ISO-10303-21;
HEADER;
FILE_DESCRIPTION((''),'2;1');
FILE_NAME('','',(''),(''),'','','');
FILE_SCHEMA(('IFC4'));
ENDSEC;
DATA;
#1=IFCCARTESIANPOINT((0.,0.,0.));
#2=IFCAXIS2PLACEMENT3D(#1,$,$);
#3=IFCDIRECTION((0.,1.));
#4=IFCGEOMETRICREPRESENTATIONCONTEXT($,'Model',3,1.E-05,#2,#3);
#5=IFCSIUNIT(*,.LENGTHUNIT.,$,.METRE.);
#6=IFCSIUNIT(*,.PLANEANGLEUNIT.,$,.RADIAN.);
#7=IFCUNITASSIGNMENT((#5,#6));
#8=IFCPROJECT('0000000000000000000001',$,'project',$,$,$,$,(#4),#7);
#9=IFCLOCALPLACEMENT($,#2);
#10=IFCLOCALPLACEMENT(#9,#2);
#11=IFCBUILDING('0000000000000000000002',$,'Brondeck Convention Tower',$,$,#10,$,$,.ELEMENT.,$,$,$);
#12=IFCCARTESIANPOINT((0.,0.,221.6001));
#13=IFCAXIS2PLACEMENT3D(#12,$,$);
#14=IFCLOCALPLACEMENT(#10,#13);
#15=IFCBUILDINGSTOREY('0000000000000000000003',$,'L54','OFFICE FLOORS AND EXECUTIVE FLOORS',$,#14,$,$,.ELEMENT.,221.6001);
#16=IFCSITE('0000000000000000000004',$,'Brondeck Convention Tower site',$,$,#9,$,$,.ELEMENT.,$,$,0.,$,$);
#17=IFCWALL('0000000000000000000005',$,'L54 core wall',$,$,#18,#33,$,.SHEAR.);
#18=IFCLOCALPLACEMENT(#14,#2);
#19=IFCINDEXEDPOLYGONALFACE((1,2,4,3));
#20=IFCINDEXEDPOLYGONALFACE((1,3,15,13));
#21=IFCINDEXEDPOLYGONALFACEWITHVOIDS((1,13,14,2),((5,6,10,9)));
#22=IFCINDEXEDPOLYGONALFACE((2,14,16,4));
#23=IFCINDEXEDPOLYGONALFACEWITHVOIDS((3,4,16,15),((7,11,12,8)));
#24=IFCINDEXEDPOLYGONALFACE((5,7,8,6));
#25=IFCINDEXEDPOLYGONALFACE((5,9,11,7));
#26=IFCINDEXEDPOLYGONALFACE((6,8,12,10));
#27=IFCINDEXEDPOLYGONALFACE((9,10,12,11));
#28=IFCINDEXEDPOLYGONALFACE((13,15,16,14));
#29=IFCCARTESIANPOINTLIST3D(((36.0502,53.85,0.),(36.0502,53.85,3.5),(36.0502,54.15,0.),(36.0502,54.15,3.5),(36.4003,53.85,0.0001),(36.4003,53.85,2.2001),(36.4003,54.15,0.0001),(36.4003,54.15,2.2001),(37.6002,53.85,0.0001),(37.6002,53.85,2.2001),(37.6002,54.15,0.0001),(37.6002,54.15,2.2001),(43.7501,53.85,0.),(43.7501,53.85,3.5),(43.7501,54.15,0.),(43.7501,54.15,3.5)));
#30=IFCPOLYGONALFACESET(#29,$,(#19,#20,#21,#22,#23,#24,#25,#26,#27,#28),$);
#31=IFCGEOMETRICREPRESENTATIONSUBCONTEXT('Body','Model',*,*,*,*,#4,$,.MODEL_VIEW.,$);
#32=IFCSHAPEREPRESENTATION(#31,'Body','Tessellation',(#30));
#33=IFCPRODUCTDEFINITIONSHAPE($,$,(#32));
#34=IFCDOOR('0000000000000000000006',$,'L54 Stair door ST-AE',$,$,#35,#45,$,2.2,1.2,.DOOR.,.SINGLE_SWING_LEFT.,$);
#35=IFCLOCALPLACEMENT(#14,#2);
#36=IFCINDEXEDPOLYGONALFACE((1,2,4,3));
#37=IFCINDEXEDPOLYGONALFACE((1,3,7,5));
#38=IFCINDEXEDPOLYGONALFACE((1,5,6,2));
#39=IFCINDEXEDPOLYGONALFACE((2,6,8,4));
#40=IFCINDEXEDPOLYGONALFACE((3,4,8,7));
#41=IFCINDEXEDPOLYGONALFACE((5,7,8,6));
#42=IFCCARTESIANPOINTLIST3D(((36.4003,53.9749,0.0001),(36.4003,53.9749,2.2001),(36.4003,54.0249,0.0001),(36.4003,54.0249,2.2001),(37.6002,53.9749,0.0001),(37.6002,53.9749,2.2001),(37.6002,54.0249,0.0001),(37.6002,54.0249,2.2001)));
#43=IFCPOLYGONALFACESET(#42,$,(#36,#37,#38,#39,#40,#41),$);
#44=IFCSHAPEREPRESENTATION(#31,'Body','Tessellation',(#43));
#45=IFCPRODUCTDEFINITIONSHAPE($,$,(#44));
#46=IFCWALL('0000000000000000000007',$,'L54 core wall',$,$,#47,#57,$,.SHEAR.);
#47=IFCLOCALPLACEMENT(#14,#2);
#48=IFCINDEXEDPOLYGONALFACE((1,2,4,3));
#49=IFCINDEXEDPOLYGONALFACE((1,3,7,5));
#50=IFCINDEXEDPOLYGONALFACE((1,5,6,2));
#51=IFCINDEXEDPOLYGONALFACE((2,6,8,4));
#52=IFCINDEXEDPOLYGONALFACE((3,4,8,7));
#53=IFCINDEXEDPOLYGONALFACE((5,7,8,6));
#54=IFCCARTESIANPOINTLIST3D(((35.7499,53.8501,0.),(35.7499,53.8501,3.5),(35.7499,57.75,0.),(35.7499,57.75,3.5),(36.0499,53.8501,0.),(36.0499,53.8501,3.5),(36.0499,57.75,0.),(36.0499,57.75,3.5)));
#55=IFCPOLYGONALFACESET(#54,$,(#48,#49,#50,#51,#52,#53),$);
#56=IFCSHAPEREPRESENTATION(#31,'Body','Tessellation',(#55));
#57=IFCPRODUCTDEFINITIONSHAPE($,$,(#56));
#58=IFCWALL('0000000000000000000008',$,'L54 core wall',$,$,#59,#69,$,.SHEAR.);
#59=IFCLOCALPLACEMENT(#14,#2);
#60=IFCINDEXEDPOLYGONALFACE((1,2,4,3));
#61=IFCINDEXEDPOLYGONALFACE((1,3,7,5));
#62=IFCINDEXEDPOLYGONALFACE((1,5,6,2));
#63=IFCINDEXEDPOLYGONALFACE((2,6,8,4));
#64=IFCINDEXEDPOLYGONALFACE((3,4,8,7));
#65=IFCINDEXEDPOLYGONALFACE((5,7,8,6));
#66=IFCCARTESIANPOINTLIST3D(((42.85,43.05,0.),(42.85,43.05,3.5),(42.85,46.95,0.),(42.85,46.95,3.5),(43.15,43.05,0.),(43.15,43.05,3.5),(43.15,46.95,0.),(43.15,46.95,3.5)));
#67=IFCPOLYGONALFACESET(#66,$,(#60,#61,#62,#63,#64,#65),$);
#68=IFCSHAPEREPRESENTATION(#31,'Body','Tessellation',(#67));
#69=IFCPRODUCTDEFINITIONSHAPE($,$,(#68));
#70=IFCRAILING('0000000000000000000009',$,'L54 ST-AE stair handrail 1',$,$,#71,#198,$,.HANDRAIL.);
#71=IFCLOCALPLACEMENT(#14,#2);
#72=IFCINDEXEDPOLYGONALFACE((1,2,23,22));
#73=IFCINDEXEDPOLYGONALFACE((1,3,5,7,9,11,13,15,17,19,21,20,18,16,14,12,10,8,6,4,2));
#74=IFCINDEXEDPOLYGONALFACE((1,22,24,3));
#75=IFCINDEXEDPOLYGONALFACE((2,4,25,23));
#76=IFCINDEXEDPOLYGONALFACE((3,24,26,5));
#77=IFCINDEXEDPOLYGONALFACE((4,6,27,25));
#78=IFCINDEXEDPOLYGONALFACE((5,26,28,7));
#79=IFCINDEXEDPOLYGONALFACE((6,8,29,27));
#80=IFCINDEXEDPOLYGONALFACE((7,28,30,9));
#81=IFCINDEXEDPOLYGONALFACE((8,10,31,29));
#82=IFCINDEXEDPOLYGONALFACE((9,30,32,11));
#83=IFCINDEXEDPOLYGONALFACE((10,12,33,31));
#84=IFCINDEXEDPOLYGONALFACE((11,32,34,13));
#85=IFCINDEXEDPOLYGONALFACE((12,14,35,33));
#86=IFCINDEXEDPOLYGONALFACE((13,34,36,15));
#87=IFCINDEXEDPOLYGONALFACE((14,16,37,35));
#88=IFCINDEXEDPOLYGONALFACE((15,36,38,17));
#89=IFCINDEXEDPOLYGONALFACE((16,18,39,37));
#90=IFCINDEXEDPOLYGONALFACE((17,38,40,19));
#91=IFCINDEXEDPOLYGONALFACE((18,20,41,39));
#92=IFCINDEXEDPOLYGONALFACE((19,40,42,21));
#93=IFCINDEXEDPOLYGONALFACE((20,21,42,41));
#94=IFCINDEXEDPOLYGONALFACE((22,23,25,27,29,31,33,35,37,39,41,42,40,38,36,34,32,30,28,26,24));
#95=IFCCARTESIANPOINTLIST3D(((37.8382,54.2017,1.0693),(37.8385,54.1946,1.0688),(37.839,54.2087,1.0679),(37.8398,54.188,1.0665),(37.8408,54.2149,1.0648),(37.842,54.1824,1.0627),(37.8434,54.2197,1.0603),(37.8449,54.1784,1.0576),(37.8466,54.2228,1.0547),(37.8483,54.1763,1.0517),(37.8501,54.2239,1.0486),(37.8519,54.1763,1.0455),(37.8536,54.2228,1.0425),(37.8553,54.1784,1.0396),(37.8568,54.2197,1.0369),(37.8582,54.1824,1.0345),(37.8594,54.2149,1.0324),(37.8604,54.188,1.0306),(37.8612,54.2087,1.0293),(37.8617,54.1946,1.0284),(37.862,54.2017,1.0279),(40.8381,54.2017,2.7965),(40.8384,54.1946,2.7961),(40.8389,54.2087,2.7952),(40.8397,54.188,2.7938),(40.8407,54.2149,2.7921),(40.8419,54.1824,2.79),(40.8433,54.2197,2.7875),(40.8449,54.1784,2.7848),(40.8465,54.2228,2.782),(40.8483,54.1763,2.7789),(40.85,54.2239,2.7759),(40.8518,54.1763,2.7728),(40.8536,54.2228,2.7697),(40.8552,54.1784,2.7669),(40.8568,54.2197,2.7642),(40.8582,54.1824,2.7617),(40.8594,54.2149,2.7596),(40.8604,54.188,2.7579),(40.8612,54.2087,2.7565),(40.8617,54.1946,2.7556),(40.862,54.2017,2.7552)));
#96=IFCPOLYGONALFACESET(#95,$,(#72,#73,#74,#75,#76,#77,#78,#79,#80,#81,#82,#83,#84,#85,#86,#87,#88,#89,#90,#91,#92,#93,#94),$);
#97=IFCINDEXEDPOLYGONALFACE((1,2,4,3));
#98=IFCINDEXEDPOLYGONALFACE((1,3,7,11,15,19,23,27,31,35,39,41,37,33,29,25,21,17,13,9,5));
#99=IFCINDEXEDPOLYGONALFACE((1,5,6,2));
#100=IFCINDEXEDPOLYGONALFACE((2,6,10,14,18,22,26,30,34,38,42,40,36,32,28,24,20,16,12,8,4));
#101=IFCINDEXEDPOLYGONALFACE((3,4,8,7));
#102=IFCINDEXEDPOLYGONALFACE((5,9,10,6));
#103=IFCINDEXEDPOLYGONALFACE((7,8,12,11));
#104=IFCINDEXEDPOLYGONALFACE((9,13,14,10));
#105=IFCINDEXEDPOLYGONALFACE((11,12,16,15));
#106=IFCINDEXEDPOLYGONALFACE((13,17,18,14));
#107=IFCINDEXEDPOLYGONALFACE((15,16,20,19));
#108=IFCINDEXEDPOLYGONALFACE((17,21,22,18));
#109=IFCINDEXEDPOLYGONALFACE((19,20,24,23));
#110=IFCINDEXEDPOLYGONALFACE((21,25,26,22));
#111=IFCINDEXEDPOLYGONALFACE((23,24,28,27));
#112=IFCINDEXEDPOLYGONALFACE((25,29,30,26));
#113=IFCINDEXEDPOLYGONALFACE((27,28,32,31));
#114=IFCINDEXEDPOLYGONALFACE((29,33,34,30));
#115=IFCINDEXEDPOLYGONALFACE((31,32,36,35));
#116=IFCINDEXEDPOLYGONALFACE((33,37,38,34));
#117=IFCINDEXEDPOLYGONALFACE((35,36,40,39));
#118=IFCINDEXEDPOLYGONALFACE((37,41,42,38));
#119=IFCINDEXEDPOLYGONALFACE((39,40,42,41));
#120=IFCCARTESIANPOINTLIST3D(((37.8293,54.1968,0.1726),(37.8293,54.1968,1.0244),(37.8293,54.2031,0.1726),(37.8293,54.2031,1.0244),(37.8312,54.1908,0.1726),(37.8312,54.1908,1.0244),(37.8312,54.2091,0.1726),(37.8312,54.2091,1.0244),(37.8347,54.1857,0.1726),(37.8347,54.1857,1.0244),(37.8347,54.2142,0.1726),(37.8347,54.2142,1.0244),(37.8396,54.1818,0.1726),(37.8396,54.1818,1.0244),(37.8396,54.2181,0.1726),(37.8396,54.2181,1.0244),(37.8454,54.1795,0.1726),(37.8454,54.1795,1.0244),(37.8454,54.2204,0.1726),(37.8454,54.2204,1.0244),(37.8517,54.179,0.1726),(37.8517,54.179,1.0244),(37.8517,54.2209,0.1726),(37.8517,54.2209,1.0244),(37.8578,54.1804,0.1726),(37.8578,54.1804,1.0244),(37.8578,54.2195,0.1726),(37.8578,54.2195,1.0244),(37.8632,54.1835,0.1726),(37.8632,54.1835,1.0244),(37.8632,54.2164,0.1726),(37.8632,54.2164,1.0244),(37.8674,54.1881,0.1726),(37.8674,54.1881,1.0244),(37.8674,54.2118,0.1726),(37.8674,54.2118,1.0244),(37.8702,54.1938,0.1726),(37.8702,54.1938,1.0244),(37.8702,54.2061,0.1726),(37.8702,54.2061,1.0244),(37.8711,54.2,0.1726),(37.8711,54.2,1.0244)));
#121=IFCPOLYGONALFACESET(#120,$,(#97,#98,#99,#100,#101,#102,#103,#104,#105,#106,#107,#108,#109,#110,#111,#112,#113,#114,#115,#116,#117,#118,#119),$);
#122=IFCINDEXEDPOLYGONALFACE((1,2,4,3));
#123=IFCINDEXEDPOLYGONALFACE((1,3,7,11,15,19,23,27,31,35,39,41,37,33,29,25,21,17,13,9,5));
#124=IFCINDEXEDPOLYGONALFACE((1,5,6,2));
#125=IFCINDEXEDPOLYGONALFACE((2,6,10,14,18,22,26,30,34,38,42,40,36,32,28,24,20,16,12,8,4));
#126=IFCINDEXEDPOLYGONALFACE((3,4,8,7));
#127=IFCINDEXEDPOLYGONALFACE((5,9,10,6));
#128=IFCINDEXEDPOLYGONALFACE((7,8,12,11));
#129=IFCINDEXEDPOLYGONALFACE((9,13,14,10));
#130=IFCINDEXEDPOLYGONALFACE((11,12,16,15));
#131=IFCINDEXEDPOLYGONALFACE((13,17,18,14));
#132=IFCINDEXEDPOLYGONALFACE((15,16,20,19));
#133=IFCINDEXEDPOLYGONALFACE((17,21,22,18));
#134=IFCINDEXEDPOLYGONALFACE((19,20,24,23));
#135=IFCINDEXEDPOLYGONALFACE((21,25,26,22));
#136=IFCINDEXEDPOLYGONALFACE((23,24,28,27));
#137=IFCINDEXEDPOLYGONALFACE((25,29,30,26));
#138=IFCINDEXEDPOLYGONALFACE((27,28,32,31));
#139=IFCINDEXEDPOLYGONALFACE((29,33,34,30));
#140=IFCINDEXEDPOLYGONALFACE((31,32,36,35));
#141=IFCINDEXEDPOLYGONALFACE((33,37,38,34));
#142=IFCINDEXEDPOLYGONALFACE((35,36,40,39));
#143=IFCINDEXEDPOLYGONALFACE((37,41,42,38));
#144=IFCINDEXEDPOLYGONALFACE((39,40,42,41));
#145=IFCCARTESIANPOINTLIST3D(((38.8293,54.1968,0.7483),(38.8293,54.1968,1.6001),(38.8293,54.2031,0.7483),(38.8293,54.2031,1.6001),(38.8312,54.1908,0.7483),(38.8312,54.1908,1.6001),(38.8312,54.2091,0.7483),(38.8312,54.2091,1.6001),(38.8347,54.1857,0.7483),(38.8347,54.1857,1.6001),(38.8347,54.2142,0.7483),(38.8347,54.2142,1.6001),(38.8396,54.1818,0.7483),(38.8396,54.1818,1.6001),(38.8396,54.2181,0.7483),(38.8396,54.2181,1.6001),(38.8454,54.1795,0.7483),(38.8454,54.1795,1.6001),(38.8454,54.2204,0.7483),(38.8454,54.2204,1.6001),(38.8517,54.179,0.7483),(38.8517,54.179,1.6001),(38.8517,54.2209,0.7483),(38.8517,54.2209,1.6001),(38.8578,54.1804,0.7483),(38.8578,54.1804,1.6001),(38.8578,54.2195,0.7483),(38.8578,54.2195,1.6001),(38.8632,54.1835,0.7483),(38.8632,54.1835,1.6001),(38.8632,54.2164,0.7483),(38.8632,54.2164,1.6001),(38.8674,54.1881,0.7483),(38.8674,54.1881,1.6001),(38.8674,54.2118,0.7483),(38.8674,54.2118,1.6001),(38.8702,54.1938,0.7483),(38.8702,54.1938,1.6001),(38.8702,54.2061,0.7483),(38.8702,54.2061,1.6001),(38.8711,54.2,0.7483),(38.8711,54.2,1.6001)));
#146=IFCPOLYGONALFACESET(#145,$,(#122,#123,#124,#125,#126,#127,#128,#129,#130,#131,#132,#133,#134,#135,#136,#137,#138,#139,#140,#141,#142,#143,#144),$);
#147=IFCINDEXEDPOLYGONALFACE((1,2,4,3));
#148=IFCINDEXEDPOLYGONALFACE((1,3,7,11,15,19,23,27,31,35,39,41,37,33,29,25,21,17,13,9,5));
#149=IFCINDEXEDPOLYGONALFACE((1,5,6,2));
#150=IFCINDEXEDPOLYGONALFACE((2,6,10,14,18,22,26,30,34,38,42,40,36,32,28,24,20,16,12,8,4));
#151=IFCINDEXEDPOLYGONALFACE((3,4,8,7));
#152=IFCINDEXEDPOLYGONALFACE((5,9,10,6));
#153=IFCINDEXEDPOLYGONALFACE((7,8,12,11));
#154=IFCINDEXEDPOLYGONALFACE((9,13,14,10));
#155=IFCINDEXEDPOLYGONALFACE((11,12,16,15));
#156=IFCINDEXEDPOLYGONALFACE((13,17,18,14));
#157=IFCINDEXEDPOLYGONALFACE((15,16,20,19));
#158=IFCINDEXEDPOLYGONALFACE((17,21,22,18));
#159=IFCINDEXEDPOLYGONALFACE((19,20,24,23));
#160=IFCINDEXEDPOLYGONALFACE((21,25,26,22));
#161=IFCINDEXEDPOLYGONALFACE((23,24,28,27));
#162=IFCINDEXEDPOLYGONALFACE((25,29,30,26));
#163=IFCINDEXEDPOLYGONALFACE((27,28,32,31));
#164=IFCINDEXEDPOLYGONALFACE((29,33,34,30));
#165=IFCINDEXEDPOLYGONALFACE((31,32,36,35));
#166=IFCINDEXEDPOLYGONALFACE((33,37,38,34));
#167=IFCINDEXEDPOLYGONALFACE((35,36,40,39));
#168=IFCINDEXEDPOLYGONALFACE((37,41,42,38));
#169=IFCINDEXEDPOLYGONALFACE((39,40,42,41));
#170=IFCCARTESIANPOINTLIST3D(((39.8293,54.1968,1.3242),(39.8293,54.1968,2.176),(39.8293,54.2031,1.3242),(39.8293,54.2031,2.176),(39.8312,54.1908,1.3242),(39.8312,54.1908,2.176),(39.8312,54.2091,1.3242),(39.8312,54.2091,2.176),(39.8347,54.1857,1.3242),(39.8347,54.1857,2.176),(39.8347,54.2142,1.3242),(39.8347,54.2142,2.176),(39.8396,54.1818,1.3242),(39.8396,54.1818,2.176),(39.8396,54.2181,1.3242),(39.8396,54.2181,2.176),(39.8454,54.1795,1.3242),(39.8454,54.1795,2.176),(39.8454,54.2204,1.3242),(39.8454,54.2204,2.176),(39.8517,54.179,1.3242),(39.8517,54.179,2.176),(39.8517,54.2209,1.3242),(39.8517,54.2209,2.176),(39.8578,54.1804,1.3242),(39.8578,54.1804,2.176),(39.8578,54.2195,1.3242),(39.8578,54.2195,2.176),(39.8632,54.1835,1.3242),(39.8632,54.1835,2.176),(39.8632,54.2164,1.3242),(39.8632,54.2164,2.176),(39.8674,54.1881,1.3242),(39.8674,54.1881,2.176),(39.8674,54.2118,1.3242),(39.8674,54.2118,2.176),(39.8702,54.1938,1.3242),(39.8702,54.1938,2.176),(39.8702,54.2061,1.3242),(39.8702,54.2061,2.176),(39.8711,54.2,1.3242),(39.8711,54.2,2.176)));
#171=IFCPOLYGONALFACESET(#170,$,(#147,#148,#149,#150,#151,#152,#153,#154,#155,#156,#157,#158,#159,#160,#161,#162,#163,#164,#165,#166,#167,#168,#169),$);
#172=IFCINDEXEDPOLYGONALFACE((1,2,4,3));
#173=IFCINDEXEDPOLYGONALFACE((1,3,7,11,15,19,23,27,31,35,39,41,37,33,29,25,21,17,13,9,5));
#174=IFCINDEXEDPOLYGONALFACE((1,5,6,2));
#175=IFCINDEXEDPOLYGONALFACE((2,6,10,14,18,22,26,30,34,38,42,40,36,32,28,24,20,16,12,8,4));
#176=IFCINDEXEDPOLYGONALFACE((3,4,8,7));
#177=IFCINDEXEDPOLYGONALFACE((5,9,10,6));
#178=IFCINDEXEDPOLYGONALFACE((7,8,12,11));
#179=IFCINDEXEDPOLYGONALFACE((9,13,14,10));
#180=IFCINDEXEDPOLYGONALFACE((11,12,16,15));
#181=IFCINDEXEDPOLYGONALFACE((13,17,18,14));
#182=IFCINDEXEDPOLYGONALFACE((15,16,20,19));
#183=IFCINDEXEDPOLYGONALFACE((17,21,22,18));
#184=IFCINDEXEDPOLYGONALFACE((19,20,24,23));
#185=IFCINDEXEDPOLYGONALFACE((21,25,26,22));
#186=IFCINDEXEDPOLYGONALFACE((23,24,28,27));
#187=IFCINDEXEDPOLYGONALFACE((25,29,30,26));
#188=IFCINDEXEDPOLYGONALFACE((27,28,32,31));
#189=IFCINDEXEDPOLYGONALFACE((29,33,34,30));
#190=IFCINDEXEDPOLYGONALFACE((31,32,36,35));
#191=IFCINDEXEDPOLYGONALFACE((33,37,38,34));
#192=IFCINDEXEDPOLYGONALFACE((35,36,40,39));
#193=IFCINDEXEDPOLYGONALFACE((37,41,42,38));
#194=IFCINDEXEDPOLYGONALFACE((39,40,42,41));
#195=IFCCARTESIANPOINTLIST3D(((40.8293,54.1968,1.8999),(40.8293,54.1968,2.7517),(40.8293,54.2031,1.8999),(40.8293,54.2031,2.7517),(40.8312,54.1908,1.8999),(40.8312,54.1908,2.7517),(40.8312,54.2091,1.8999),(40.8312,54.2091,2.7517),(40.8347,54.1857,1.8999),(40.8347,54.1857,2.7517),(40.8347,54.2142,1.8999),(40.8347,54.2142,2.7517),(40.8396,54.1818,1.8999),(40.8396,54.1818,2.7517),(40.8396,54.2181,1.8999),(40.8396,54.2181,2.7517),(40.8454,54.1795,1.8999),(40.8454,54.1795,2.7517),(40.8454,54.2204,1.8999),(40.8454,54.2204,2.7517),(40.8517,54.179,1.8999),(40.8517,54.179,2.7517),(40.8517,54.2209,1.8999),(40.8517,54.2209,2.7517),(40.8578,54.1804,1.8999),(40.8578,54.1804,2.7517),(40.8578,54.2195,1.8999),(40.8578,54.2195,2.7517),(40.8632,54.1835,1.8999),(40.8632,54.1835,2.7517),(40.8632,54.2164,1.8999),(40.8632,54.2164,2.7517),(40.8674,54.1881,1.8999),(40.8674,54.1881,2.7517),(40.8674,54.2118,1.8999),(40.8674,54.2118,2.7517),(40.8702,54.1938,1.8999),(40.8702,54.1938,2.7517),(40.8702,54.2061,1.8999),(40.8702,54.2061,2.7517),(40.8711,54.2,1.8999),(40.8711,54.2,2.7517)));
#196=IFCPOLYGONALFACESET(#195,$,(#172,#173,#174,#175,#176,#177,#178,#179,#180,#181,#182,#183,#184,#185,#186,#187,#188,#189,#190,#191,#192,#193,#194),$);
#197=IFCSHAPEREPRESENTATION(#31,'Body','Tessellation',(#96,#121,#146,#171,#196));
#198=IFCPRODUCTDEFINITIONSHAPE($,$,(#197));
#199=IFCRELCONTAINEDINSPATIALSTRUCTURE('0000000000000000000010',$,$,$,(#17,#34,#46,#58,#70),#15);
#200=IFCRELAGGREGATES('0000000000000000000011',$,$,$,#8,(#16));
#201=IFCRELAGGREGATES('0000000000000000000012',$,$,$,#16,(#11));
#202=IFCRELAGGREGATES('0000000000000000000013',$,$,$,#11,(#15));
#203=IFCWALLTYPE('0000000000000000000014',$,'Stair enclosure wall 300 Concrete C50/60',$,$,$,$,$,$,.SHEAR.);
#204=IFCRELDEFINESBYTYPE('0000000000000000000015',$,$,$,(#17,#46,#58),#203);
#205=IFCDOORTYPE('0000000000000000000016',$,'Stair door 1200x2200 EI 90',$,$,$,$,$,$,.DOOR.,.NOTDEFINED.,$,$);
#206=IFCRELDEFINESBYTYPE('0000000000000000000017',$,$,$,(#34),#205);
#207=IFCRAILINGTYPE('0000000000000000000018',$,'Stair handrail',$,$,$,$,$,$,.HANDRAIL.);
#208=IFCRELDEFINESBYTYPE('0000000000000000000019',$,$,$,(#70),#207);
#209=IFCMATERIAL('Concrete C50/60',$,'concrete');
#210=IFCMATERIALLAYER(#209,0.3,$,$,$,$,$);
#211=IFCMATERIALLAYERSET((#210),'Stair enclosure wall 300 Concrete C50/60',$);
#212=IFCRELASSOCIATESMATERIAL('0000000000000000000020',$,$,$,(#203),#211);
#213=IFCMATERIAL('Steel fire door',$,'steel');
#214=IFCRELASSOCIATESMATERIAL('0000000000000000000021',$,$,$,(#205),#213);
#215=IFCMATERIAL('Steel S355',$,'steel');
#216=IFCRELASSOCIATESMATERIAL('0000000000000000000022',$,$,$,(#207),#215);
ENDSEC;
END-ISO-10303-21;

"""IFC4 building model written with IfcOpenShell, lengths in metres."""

from ifc_helpers import new_model, si_unit, direction, frame, frame_2d, origin, origin_2d, place, context, subcontext, project, spatial, rectangle, circle, extrude, material, layer, layer_set, type_object, element, fill, save


model = new_model("IFC4")

# Units and contexts
model_context = context("Model", 3, precision=1e-05, world=origin(), true_north=direction((0.0, 1.0)))
body_context = subcontext(model_context, "Body", "Model", "MODEL_VIEW")
ifc_project = project(units=[si_unit("LENGTHUNIT", "METRE"), si_unit("PLANEANGLEUNIT", "RADIAN")], contexts=[model_context])

# Site, building, storey
site_placement = place(None, origin())
site = spatial("IfcSite", under=ifc_project, at=site_placement, Name="Brondeck Convention Tower site", CompositionType="ELEMENT", RefElevation=0.0)
building_placement = place(site_placement, origin())
building = spatial("IfcBuilding", under=site, at=building_placement, Name="Brondeck Convention Tower", CompositionType="ELEMENT")
storey_placement = place(building_placement, frame((0.0, 0.0, 221.6001)))
storey = spatial("IfcBuildingStorey", under=building, at=storey_placement, Name="L54", Description="OFFICE FLOORS AND EXECUTIVE FLOORS", CompositionType="ELEMENT", Elevation=221.6001)

# Shared definitions
ifc_material_1 = material(Name="Concrete C50/60", Category="concrete")

# Shared definitions
ifc_material_2 = material(Name="Steel S355", Category="steel")

# Shared definitions
ifc_layer_1 = layer(ifc_material_1, 0.3)
ifc_layer_set_1 = layer_set([ifc_layer_1], Name="Stair enclosure wall 300 Concrete C50/60")
wall_type_1 = type_object("IfcWallType", Name="Stair enclosure wall 300 Concrete C50/60", PredefinedType="SHEAR", material=ifc_layer_set_1)
ifc_material_3 = material(Name="Steel fire door", Category="steel")
door_type_1 = type_object("IfcDoorType", Name="Stair door 1200x2200 EI 90", OperationType="NOTDEFINED", PredefinedType="DOOR", material=ifc_material_3)

# Wall, opening, door
wall_1_placement = place(storey_placement, frame((36.05, 54.0, 0.0), z_axis=(0.0, 0.0, 1.0), x_axis=(1.0, 0.0, 0.0)))
wall_1 = element("IfcWall", 1, at=wall_1_placement, inside=storey, type_object=wall_type_1, Name="L54 core wall", PredefinedType="SHEAR", context=body_context, shape_type="SweptSolid", body=[
    extrude(rectangle(XDim=7.7, YDim=0.3, at=frame_2d((3.8501, 0.0))), origin(), (0.0, 0.0, 1.0), 3.5),
])
opening_1_placement = place(wall_1_placement, frame((0.3501, 0.0, 0.0)))
opening_1 = element("IfcOpeningElement", 2, at=opening_1_placement, cuts=wall_1, PredefinedType="OPENING", context=body_context, shape_type="SweptSolid", body=[
    extrude(rectangle(XDim=1.2, YDim=2.2, at=frame_2d((0.6001, 1.1001))), frame((0.0, 0.1599, 0.0), z_axis=(0.0, -1.0, 0.0), x_axis=(1.0, 0.0, 0.0)), (0.0, 0.0, 1.0), 0.3201),
])
door_1_placement = place(opening_1_placement, origin())
door_1 = element("IfcDoor", 3, at=door_1_placement, inside=storey, type_object=door_type_1, Name="L54 Stair door ST-AE", OperationType="SINGLE_SWING_LEFT", OverallHeight=2.2, OverallWidth=1.2, PredefinedType="DOOR", context=body_context, shape_type="SweptSolid", body=[
    extrude(rectangle(XDim=1.2, YDim=2.2, at=frame_2d((0.6001, 1.1001))), frame((0.0, 0.0249, 0.0), z_axis=(0.0, -1.0, 0.0), x_axis=(1.0, 0.0, 0.0)), (0.0, 0.0, 1.0), 0.05),
])
fill(opening_1, door_1)

# Walls
for number, where, z_axis, x_axis, name in (
    (4, (35.8999, 53.8501, 0.0), (0.0, 0.0, 1.0), (0.0, 1.0, 0.0), "L54 core wall"),
    (5, (43.0, 43.05, 0.0), (0.0, 0.0, 1.0), (0.0, 1.0, 0.0), "L54 core wall"),
):
    element("IfcWall", number, at=place(storey_placement, frame(where, z_axis=z_axis, x_axis=x_axis)), inside=storey, type_object=wall_type_1, Name=name, PredefinedType="SHEAR", context=body_context, shape_type="SweptSolid", body=[
        extrude(rectangle(XDim=3.8999, YDim=0.3, at=frame_2d((1.95, 0.0))), origin(), (0.0, 0.0, 1.0), 3.5),
    ])

# Railing
railing_type = type_object("IfcRailingType", Name="Stair handrail", PredefinedType="HANDRAIL", material=ifc_material_2)
railing_placement = place(storey_placement, frame((37.8501, 54.2, 0.1726)))
element("IfcRailing", 6, at=railing_placement, inside=storey, type_object=railing_type, Name="L54 ST-AE stair handrail 1", PredefinedType="HANDRAIL", context=body_context, shape_type="SweptSolid", body=[
    extrude(circle(Radius=0.0239, at=origin_2d()), frame((0.0, 0.0, 0.876), z_axis=(0.86662, 0.0, 0.498969), x_axis=(0.0, 1.0, 0.0)), (0.0, 0.0, 1.0), 3.4617),
    extrude(circle(Radius=0.021, at=origin_2d()), origin(), (0.0, 0.0, 1.0), 0.8518),
    extrude(circle(Radius=0.021, at=origin_2d()), frame((1.0, 0.0, 0.5757)), (0.0, 0.0, 1.0), 0.8518),
    extrude(circle(Radius=0.021, at=origin_2d()), frame((2.0, 0.0, 1.1516)), (0.0, 0.0, 1.0), 0.8518),
    extrude(circle(Radius=0.021, at=origin_2d()), frame((3.0, 0.0, 1.7273)), (0.0, 0.0, 1.0), 0.8518),
])

save(model, "model.ifc")
